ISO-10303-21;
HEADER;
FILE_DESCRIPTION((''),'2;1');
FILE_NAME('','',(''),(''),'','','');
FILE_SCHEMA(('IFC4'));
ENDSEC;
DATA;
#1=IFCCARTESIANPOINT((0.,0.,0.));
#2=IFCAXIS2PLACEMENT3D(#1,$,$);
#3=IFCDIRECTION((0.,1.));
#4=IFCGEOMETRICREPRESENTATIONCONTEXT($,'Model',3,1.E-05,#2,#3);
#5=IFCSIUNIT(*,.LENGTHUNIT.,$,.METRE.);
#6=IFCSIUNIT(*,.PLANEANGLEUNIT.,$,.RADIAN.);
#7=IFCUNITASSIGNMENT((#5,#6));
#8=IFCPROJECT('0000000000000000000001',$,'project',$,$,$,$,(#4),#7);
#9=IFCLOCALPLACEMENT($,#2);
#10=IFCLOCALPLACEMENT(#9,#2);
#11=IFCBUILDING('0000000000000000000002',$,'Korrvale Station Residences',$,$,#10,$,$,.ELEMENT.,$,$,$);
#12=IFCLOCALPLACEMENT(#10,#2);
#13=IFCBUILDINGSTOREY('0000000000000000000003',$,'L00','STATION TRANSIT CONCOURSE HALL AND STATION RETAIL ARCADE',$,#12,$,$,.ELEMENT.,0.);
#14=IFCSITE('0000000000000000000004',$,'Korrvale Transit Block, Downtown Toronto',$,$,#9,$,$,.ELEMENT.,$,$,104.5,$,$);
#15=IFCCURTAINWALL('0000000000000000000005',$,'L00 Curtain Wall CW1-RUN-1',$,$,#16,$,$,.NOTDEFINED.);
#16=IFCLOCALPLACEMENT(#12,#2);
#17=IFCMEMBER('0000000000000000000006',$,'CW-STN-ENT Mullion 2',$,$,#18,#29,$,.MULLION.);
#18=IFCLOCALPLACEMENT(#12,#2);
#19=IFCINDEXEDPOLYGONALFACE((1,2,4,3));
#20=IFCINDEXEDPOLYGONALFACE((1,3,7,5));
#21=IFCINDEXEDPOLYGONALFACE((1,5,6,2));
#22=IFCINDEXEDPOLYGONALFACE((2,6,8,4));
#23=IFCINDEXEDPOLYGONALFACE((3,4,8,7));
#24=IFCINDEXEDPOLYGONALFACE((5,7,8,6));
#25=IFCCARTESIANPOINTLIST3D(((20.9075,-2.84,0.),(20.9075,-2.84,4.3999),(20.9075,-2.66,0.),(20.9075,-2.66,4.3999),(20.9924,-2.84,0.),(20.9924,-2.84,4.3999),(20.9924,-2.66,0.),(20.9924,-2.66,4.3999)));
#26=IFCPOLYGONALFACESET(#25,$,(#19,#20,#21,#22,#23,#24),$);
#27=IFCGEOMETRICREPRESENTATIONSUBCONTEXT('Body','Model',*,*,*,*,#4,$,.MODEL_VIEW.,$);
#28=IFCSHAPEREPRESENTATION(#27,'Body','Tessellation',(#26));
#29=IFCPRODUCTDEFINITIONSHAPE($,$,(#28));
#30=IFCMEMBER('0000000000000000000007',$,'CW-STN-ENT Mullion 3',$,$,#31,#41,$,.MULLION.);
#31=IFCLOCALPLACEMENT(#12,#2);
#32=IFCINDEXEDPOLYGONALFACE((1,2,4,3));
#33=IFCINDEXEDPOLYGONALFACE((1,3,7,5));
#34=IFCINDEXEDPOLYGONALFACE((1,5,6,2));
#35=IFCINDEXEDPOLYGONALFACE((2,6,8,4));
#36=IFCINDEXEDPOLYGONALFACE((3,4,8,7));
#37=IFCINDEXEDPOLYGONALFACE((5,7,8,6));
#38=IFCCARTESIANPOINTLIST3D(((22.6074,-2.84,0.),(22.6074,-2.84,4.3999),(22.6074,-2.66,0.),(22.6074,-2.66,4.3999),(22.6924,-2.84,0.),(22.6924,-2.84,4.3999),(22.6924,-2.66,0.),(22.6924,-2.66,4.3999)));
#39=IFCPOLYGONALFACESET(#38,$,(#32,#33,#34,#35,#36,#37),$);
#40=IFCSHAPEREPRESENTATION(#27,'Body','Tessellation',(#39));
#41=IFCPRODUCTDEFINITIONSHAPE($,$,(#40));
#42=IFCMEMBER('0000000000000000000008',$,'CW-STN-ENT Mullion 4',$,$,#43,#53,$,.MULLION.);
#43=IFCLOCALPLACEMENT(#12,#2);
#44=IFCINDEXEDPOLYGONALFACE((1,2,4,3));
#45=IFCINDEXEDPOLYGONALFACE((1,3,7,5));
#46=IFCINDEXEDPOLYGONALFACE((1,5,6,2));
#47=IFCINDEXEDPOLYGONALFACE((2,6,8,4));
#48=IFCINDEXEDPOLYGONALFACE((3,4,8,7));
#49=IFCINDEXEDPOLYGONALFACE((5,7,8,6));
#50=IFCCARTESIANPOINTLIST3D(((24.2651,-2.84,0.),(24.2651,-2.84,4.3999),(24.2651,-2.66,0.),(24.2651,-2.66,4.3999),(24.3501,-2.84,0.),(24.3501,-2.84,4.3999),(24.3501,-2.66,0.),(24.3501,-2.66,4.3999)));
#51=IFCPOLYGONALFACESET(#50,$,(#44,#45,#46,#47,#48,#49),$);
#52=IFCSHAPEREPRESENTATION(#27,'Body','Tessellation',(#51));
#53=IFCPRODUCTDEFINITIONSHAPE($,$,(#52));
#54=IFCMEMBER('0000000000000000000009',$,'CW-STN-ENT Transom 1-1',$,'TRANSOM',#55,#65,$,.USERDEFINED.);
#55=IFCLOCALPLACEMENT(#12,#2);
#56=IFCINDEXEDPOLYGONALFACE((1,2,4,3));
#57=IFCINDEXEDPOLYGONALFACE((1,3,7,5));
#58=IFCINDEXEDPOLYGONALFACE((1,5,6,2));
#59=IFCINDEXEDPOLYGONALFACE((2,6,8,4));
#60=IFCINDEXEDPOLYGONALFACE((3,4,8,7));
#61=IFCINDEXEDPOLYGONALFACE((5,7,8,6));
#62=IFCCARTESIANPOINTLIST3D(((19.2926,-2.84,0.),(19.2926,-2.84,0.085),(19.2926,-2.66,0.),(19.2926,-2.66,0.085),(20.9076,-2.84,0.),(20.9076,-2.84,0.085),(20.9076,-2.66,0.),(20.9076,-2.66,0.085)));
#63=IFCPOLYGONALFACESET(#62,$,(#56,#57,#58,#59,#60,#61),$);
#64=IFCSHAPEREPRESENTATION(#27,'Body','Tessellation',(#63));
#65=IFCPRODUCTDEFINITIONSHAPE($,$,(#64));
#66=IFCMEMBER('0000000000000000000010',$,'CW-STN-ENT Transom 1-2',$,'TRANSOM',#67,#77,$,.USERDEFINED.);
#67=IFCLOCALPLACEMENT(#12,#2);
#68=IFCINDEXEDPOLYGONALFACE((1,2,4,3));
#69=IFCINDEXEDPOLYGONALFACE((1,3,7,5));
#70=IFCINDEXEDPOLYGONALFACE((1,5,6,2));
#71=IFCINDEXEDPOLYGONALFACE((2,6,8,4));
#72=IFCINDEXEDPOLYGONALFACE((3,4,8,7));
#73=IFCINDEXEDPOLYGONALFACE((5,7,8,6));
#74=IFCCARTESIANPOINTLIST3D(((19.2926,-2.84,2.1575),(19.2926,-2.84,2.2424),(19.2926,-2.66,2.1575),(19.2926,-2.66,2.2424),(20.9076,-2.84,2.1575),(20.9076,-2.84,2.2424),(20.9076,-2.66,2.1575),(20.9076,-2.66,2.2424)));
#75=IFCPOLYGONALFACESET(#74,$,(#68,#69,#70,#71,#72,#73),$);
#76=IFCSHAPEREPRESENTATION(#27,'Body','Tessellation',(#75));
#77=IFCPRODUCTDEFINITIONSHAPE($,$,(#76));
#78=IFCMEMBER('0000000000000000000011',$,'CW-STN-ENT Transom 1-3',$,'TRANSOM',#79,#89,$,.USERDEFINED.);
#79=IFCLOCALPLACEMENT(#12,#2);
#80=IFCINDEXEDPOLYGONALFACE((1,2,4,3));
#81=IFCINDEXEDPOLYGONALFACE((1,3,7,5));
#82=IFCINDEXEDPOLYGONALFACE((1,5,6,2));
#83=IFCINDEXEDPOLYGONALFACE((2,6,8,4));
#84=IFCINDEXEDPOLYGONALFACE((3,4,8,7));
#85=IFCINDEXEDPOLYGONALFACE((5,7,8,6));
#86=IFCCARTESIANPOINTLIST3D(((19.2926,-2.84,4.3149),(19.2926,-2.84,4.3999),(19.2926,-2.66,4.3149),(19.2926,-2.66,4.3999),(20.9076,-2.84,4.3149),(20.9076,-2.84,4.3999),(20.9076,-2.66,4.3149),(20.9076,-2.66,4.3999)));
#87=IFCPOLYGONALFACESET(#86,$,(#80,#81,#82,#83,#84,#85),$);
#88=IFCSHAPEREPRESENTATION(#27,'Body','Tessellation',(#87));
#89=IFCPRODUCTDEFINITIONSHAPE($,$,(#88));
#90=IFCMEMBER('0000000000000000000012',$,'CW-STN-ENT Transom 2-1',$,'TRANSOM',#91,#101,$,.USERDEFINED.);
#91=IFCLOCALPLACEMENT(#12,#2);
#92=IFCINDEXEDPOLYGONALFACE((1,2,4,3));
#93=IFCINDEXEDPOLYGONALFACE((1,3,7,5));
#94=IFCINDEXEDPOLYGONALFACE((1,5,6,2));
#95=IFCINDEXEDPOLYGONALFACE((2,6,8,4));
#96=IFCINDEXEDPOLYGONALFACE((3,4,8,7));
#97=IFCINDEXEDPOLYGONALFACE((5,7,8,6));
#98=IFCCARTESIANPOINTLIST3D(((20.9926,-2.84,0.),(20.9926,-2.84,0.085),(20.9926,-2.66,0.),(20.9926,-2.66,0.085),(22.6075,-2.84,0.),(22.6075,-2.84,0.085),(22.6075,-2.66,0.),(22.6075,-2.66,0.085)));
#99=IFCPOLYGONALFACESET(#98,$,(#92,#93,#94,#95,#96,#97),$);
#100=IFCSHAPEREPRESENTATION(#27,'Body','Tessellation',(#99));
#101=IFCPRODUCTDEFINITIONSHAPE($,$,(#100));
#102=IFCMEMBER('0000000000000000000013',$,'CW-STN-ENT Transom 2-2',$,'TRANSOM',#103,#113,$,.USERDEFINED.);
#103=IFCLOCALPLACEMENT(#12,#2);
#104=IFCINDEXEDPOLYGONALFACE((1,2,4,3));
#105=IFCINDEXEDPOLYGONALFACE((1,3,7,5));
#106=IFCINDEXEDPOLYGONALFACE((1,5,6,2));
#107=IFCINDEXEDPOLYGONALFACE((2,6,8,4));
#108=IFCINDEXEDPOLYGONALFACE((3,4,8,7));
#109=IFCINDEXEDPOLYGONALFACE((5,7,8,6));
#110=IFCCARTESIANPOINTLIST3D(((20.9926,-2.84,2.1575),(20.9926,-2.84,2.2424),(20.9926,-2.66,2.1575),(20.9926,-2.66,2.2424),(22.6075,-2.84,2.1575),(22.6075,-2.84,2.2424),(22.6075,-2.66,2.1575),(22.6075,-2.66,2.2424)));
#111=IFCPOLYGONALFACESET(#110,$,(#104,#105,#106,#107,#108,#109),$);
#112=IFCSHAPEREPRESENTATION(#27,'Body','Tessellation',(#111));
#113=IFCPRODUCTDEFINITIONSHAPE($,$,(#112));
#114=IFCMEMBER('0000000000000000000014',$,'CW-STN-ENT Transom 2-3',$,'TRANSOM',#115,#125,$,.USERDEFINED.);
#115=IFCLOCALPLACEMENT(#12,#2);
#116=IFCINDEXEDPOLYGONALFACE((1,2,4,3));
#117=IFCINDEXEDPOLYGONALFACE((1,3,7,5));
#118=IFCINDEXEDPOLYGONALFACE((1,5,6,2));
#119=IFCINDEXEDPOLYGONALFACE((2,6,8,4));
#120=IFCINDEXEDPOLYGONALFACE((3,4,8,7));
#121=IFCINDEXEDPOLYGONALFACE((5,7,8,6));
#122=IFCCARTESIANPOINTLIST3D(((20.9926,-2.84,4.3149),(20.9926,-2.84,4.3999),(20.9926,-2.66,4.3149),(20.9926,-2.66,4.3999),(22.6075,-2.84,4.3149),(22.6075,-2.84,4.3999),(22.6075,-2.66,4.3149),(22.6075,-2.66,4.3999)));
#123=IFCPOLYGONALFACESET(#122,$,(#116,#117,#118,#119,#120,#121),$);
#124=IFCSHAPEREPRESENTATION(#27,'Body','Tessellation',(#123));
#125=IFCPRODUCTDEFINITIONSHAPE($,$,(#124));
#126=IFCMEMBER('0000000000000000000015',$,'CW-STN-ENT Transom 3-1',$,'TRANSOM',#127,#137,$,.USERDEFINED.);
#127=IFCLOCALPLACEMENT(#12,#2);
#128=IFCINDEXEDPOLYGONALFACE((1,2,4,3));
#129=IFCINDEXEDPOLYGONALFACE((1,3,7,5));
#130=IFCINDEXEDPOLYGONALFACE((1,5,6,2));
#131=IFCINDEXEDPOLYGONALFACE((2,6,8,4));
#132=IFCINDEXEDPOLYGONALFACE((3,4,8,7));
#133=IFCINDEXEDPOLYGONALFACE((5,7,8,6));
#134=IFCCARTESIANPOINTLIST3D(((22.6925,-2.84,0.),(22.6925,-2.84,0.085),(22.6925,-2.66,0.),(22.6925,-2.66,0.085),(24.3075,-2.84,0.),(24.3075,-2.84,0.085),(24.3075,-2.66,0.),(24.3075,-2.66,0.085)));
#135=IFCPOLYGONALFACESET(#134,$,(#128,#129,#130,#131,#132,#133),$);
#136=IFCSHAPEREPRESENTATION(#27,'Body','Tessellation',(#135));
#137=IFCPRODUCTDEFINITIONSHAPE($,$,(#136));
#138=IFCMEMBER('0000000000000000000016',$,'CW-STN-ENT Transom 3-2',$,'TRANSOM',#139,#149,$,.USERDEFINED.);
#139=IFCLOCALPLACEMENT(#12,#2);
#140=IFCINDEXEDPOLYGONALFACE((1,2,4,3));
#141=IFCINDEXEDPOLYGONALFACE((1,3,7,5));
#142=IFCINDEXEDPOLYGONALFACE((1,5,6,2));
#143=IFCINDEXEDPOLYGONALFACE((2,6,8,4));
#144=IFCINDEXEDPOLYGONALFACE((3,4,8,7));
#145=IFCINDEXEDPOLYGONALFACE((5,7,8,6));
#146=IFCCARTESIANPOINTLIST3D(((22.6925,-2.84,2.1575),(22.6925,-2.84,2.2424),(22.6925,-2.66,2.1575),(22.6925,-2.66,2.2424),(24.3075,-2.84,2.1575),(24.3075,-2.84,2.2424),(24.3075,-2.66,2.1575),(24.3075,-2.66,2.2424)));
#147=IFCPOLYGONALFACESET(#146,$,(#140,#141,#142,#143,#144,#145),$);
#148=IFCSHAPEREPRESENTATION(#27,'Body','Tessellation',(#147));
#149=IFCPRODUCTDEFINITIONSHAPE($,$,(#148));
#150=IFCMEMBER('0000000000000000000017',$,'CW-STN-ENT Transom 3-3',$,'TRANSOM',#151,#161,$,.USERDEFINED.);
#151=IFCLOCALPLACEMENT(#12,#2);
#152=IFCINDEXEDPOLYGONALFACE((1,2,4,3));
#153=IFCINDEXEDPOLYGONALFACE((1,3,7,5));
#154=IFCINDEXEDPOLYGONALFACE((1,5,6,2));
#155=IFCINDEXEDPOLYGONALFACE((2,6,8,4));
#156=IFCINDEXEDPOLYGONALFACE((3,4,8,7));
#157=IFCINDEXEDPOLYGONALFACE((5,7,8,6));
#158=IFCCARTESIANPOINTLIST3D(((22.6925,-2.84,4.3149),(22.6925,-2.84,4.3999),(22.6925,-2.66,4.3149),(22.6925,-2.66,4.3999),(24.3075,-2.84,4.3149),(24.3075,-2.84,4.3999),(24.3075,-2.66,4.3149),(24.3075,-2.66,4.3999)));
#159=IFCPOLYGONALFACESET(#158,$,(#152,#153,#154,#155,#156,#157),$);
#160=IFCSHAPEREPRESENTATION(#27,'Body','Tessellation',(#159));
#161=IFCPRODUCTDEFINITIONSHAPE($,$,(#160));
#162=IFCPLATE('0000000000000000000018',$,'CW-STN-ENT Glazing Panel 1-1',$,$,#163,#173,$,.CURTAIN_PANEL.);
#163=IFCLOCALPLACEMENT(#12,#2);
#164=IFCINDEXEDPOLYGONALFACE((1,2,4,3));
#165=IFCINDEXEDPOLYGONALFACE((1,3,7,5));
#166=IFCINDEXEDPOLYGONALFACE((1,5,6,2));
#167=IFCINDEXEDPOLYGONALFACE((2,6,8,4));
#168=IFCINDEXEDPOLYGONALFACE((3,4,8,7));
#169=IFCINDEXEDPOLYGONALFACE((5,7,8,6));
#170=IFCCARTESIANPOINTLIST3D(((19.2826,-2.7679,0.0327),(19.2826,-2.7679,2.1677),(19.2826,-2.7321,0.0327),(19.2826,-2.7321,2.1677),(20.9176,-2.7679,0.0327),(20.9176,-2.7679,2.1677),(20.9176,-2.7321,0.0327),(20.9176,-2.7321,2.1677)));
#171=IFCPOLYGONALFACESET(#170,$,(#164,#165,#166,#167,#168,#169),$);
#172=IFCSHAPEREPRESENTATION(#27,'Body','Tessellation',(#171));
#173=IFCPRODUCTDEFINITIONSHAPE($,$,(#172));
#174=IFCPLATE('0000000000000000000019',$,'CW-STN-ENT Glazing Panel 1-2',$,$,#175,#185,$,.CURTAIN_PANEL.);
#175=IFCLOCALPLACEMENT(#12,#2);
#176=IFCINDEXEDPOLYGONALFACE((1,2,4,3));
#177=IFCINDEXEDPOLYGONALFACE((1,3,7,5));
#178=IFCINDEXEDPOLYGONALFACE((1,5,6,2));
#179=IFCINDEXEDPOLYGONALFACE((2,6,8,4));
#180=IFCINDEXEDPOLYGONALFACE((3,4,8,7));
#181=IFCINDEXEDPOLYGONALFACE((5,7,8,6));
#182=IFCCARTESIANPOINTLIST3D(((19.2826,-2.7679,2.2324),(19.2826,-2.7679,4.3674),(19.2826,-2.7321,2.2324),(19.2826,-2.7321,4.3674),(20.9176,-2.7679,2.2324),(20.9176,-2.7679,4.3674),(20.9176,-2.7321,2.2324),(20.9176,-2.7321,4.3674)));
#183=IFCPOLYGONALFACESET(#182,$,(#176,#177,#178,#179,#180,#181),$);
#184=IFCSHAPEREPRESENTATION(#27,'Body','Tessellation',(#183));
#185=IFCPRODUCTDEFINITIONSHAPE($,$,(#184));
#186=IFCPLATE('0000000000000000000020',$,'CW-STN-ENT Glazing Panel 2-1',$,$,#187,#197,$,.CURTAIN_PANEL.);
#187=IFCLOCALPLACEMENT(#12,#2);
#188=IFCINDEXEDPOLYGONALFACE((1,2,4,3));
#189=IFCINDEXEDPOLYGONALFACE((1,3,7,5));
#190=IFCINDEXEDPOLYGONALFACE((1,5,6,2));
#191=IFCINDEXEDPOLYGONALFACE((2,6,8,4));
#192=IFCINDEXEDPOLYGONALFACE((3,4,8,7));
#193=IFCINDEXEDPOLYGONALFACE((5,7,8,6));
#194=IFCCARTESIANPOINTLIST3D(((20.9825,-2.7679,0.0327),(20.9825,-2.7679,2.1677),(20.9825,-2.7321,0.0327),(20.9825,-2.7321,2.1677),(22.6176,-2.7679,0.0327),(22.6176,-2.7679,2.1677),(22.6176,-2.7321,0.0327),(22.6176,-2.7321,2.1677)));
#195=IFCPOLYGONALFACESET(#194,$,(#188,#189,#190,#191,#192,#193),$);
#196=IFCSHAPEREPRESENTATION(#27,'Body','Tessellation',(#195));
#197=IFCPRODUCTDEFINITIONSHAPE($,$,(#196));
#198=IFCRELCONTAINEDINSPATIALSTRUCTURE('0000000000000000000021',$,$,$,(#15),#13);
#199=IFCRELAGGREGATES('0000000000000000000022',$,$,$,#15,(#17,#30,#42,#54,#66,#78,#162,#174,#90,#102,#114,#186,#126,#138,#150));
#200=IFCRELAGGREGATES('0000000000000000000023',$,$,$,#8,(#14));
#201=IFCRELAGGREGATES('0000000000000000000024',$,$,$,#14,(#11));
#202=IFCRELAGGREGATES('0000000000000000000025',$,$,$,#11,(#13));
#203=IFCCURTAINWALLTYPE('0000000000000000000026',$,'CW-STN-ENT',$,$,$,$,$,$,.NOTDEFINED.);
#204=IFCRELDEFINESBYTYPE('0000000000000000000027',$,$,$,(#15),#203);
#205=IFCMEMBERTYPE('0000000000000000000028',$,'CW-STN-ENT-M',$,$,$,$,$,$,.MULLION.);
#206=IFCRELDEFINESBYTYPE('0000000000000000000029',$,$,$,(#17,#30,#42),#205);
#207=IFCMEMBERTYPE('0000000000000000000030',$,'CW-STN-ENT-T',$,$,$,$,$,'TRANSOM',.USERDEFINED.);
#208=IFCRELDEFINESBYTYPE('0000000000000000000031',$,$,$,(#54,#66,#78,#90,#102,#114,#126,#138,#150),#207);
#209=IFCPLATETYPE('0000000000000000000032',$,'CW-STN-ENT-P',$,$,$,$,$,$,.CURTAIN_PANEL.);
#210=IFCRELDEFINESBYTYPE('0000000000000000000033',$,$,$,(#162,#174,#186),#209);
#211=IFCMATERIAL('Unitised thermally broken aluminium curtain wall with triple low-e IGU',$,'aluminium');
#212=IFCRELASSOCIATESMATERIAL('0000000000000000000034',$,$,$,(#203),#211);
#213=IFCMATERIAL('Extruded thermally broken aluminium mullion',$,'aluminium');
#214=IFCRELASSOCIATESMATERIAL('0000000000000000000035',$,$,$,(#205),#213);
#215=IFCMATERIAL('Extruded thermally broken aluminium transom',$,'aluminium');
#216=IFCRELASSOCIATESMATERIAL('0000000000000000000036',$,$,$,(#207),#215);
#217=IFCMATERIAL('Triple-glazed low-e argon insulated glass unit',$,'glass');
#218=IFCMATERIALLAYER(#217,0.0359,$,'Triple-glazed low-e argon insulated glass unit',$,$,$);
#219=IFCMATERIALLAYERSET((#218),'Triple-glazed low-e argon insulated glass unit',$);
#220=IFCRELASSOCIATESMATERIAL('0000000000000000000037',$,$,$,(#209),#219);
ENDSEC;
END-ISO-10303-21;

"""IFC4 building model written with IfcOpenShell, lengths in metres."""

from ifc_helpers import new_model, si_unit, direction, frame, origin, origin_2d, place, context, subcontext, project, spatial, rectangle, extrude, material, layer, layer_set, type_object, element, aggregate, save


model = new_model("IFC4")

# Units and contexts
model_context = context("Model", 3, precision=1e-05, world=origin(), true_north=direction((0.0, 1.0)))
body_context = subcontext(model_context, "Body", "Model", "MODEL_VIEW")
ifc_project = project(units=[si_unit("LENGTHUNIT", "METRE"), si_unit("PLANEANGLEUNIT", "RADIAN")], contexts=[model_context])

# Site, building, storey
site_placement = place(None, origin())
site = spatial("IfcSite", under=ifc_project, at=site_placement, Name="Korrvale Transit Block, Downtown Toronto", CompositionType="ELEMENT", RefElevation=104.5)
building_placement = place(site_placement, origin())
building = spatial("IfcBuilding", under=site, at=building_placement, Name="Korrvale Station Residences", CompositionType="ELEMENT")
storey_placement = place(building_placement, origin())
storey = spatial("IfcBuildingStorey", under=building, at=storey_placement, Name="L00", Description="STATION TRANSIT CONCOURSE HALL AND STATION RETAIL ARCADE", CompositionType="ELEMENT", Elevation=0.0)

# Curtain wall, members, plates
ifc_material_1 = material(Name="Unitised thermally broken aluminium curtain wall with triple low-e IGU", Category="aluminium")
curtain_wall_type = type_object("IfcCurtainWallType", Name="CW-STN-ENT", PredefinedType="NOTDEFINED", material=ifc_material_1)
curtain_wall_placement = place(storey_placement, origin())
curtain_wall = element("IfcCurtainWall", 1, at=curtain_wall_placement, inside=storey, type_object=curtain_wall_type, Name="L00 Curtain Wall CW1-RUN-1", PredefinedType="NOTDEFINED")
ifc_material_2 = material(Name="Extruded thermally broken aluminium mullion", Category="aluminium")
member_type_1 = type_object("IfcMemberType", Name="CW-STN-ENT-M", PredefinedType="MULLION", material=ifc_material_2)
member_1_placement = place(storey_placement, frame((20.95, -2.75, 0.0), z_axis=(0.0, 0.0, 1.0), x_axis=(1.0, 0.0, 0.0)))
member_1 = element("IfcMember", 2, at=member_1_placement, type_object=member_type_1, Name="CW-STN-ENT Mullion 2", PredefinedType="MULLION", context=body_context, shape_type="SweptSolid", body=[
    extrude(rectangle(XDim=0.085, YDim=0.1799, at=origin_2d()), origin(), (0.0, 0.0, 1.0), 4.3999),
])
member_2_placement = place(storey_placement, frame((22.6499, -2.75, 0.0), z_axis=(0.0, 0.0, 1.0), x_axis=(1.0, 0.0, 0.0)))
member_2 = element("IfcMember", 3, at=member_2_placement, type_object=member_type_1, Name="CW-STN-ENT Mullion 3", PredefinedType="MULLION", context=body_context, shape_type="SweptSolid", body=[
    extrude(rectangle(XDim=0.085, YDim=0.1799, at=origin_2d()), origin(), (0.0, 0.0, 1.0), 4.3999),
])
member_3_placement = place(storey_placement, frame((24.3076, -2.75, 0.0), z_axis=(0.0, 0.0, 1.0), x_axis=(1.0, 0.0, 0.0)))
member_3 = element("IfcMember", 4, at=member_3_placement, type_object=member_type_1, Name="CW-STN-ENT Mullion 4", PredefinedType="MULLION", context=body_context, shape_type="SweptSolid", body=[
    extrude(rectangle(XDim=0.085, YDim=0.1799, at=origin_2d()), origin(), (0.0, 0.0, 1.0), 4.3999),
])
ifc_material_3 = material(Name="Extruded thermally broken aluminium transom", Category="aluminium")
member_type_2 = type_object("IfcMemberType", Name="CW-STN-ENT-T", ElementType="TRANSOM", PredefinedType="USERDEFINED", material=ifc_material_3)
member_4_placement = place(storey_placement, frame((20.1001, -2.75, 0.0), z_axis=(0.0, 0.0, 1.0), x_axis=(1.0, 0.0, 0.0)))
member_4 = element("IfcMember", 5, at=member_4_placement, type_object=member_type_2, Name="CW-STN-ENT Transom 1-1", ObjectType="TRANSOM", PredefinedType="USERDEFINED", context=body_context, shape_type="SweptSolid", body=[
    extrude(rectangle(XDim=1.615, YDim=0.1799, at=origin_2d()), origin(), (0.0, 0.0, 1.0), 0.085),
])
member_5_placement = place(storey_placement, frame((20.1001, -2.75, 2.1575), z_axis=(0.0, 0.0, 1.0), x_axis=(1.0, 0.0, 0.0)))
member_5 = element("IfcMember", 6, at=member_5_placement, type_object=member_type_2, Name="CW-STN-ENT Transom 1-2", ObjectType="TRANSOM", PredefinedType="USERDEFINED", context=body_context, shape_type="SweptSolid", body=[
    extrude(rectangle(XDim=1.615, YDim=0.1799, at=origin_2d()), origin(), (0.0, 0.0, 1.0), 0.085),
])
member_6_placement = place(storey_placement, frame((20.1001, -2.75, 4.3149), z_axis=(0.0, 0.0, 1.0), x_axis=(1.0, 0.0, 0.0)))
member_6 = element("IfcMember", 7, at=member_6_placement, type_object=member_type_2, Name="CW-STN-ENT Transom 1-3", ObjectType="TRANSOM", PredefinedType="USERDEFINED", context=body_context, shape_type="SweptSolid", body=[
    extrude(rectangle(XDim=1.615, YDim=0.1799, at=origin_2d()), origin(), (0.0, 0.0, 1.0), 0.085),
])
member_7_placement = place(storey_placement, frame((21.8, -2.75, 0.0), z_axis=(0.0, 0.0, 1.0), x_axis=(1.0, 0.0, 0.0)))
member_7 = element("IfcMember", 8, at=member_7_placement, type_object=member_type_2, Name="CW-STN-ENT Transom 2-1", ObjectType="TRANSOM", PredefinedType="USERDEFINED", context=body_context, shape_type="SweptSolid", body=[
    extrude(rectangle(XDim=1.615, YDim=0.1799, at=origin_2d()), origin(), (0.0, 0.0, 1.0), 0.085),
])
member_8_placement = place(storey_placement, frame((21.8, -2.75, 2.1575), z_axis=(0.0, 0.0, 1.0), x_axis=(1.0, 0.0, 0.0)))
member_8 = element("IfcMember", 9, at=member_8_placement, type_object=member_type_2, Name="CW-STN-ENT Transom 2-2", ObjectType="TRANSOM", PredefinedType="USERDEFINED", context=body_context, shape_type="SweptSolid", body=[
    extrude(rectangle(XDim=1.615, YDim=0.1799, at=origin_2d()), origin(), (0.0, 0.0, 1.0), 0.085),
])
member_9_placement = place(storey_placement, frame((21.8, -2.75, 4.3149), z_axis=(0.0, 0.0, 1.0), x_axis=(1.0, 0.0, 0.0)))
member_9 = element("IfcMember", 10, at=member_9_placement, type_object=member_type_2, Name="CW-STN-ENT Transom 2-3", ObjectType="TRANSOM", PredefinedType="USERDEFINED", context=body_context, shape_type="SweptSolid", body=[
    extrude(rectangle(XDim=1.615, YDim=0.1799, at=origin_2d()), origin(), (0.0, 0.0, 1.0), 0.085),
])
member_10_placement = place(storey_placement, frame((23.5, -2.75, 0.0), z_axis=(0.0, 0.0, 1.0), x_axis=(1.0, 0.0, 0.0)))
member_10 = element("IfcMember", 11, at=member_10_placement, type_object=member_type_2, Name="CW-STN-ENT Transom 3-1", ObjectType="TRANSOM", PredefinedType="USERDEFINED", context=body_context, shape_type="SweptSolid", body=[
    extrude(rectangle(XDim=1.615, YDim=0.1799, at=origin_2d()), origin(), (0.0, 0.0, 1.0), 0.085),
])
member_11_placement = place(storey_placement, frame((23.5, -2.75, 2.1575), z_axis=(0.0, 0.0, 1.0), x_axis=(1.0, 0.0, 0.0)))
member_11 = element("IfcMember", 12, at=member_11_placement, type_object=member_type_2, Name="CW-STN-ENT Transom 3-2", ObjectType="TRANSOM", PredefinedType="USERDEFINED", context=body_context, shape_type="SweptSolid", body=[
    extrude(rectangle(XDim=1.615, YDim=0.1799, at=origin_2d()), origin(), (0.0, 0.0, 1.0), 0.085),
])
member_12_placement = place(storey_placement, frame((23.5, -2.75, 4.3149), z_axis=(0.0, 0.0, 1.0), x_axis=(1.0, 0.0, 0.0)))
member_12 = element("IfcMember", 13, at=member_12_placement, type_object=member_type_2, Name="CW-STN-ENT Transom 3-3", ObjectType="TRANSOM", PredefinedType="USERDEFINED", context=body_context, shape_type="SweptSolid", body=[
    extrude(rectangle(XDim=1.615, YDim=0.1799, at=origin_2d()), origin(), (0.0, 0.0, 1.0), 0.085),
])
ifc_material_4 = material(Name="Triple-glazed low-e argon insulated glass unit", Category="glass")
ifc_layer_1 = layer(ifc_material_4, 0.0359, Name="Triple-glazed low-e argon insulated glass unit")
ifc_layer_set_1 = layer_set([ifc_layer_1], Name="Triple-glazed low-e argon insulated glass unit")
plate_type = type_object("IfcPlateType", Name="CW-STN-ENT-P", PredefinedType="CURTAIN_PANEL", material=ifc_layer_set_1)
plate_1_placement = place(storey_placement, frame((20.1001, -2.75, 0.0327), z_axis=(0.0, 0.0, 1.0), x_axis=(1.0, 0.0, 0.0)))
plate_1 = element("IfcPlate", 14, at=plate_1_placement, type_object=plate_type, Name="CW-STN-ENT Glazing Panel 1-1", PredefinedType="CURTAIN_PANEL", context=body_context, shape_type="SweptSolid", body=[
    extrude(rectangle(XDim=1.635, YDim=0.0359, at=origin_2d()), origin(), (0.0, 0.0, 1.0), 2.135),
])
plate_2_placement = place(storey_placement, frame((20.1001, -2.75, 2.2324), z_axis=(0.0, 0.0, 1.0), x_axis=(1.0, 0.0, 0.0)))
plate_2 = element("IfcPlate", 15, at=plate_2_placement, type_object=plate_type, Name="CW-STN-ENT Glazing Panel 1-2", PredefinedType="CURTAIN_PANEL", context=body_context, shape_type="SweptSolid", body=[
    extrude(rectangle(XDim=1.635, YDim=0.0359, at=origin_2d()), origin(), (0.0, 0.0, 1.0), 2.135),
])
plate_3_placement = place(storey_placement, frame((21.8, -2.75, 0.0327), z_axis=(0.0, 0.0, 1.0), x_axis=(1.0, 0.0, 0.0)))
plate_3 = element("IfcPlate", 16, at=plate_3_placement, type_object=plate_type, Name="CW-STN-ENT Glazing Panel 2-1", PredefinedType="CURTAIN_PANEL", context=body_context, shape_type="SweptSolid", body=[
    extrude(rectangle(XDim=1.635, YDim=0.0359, at=origin_2d()), origin(), (0.0, 0.0, 1.0), 2.135),
])
aggregate(curtain_wall, [member_1, member_2, member_3, member_4, member_5, member_6, plate_1, plate_2, member_7, member_8, member_9, plate_3, member_10, member_11, member_12])

save(model, "model.ifc")
